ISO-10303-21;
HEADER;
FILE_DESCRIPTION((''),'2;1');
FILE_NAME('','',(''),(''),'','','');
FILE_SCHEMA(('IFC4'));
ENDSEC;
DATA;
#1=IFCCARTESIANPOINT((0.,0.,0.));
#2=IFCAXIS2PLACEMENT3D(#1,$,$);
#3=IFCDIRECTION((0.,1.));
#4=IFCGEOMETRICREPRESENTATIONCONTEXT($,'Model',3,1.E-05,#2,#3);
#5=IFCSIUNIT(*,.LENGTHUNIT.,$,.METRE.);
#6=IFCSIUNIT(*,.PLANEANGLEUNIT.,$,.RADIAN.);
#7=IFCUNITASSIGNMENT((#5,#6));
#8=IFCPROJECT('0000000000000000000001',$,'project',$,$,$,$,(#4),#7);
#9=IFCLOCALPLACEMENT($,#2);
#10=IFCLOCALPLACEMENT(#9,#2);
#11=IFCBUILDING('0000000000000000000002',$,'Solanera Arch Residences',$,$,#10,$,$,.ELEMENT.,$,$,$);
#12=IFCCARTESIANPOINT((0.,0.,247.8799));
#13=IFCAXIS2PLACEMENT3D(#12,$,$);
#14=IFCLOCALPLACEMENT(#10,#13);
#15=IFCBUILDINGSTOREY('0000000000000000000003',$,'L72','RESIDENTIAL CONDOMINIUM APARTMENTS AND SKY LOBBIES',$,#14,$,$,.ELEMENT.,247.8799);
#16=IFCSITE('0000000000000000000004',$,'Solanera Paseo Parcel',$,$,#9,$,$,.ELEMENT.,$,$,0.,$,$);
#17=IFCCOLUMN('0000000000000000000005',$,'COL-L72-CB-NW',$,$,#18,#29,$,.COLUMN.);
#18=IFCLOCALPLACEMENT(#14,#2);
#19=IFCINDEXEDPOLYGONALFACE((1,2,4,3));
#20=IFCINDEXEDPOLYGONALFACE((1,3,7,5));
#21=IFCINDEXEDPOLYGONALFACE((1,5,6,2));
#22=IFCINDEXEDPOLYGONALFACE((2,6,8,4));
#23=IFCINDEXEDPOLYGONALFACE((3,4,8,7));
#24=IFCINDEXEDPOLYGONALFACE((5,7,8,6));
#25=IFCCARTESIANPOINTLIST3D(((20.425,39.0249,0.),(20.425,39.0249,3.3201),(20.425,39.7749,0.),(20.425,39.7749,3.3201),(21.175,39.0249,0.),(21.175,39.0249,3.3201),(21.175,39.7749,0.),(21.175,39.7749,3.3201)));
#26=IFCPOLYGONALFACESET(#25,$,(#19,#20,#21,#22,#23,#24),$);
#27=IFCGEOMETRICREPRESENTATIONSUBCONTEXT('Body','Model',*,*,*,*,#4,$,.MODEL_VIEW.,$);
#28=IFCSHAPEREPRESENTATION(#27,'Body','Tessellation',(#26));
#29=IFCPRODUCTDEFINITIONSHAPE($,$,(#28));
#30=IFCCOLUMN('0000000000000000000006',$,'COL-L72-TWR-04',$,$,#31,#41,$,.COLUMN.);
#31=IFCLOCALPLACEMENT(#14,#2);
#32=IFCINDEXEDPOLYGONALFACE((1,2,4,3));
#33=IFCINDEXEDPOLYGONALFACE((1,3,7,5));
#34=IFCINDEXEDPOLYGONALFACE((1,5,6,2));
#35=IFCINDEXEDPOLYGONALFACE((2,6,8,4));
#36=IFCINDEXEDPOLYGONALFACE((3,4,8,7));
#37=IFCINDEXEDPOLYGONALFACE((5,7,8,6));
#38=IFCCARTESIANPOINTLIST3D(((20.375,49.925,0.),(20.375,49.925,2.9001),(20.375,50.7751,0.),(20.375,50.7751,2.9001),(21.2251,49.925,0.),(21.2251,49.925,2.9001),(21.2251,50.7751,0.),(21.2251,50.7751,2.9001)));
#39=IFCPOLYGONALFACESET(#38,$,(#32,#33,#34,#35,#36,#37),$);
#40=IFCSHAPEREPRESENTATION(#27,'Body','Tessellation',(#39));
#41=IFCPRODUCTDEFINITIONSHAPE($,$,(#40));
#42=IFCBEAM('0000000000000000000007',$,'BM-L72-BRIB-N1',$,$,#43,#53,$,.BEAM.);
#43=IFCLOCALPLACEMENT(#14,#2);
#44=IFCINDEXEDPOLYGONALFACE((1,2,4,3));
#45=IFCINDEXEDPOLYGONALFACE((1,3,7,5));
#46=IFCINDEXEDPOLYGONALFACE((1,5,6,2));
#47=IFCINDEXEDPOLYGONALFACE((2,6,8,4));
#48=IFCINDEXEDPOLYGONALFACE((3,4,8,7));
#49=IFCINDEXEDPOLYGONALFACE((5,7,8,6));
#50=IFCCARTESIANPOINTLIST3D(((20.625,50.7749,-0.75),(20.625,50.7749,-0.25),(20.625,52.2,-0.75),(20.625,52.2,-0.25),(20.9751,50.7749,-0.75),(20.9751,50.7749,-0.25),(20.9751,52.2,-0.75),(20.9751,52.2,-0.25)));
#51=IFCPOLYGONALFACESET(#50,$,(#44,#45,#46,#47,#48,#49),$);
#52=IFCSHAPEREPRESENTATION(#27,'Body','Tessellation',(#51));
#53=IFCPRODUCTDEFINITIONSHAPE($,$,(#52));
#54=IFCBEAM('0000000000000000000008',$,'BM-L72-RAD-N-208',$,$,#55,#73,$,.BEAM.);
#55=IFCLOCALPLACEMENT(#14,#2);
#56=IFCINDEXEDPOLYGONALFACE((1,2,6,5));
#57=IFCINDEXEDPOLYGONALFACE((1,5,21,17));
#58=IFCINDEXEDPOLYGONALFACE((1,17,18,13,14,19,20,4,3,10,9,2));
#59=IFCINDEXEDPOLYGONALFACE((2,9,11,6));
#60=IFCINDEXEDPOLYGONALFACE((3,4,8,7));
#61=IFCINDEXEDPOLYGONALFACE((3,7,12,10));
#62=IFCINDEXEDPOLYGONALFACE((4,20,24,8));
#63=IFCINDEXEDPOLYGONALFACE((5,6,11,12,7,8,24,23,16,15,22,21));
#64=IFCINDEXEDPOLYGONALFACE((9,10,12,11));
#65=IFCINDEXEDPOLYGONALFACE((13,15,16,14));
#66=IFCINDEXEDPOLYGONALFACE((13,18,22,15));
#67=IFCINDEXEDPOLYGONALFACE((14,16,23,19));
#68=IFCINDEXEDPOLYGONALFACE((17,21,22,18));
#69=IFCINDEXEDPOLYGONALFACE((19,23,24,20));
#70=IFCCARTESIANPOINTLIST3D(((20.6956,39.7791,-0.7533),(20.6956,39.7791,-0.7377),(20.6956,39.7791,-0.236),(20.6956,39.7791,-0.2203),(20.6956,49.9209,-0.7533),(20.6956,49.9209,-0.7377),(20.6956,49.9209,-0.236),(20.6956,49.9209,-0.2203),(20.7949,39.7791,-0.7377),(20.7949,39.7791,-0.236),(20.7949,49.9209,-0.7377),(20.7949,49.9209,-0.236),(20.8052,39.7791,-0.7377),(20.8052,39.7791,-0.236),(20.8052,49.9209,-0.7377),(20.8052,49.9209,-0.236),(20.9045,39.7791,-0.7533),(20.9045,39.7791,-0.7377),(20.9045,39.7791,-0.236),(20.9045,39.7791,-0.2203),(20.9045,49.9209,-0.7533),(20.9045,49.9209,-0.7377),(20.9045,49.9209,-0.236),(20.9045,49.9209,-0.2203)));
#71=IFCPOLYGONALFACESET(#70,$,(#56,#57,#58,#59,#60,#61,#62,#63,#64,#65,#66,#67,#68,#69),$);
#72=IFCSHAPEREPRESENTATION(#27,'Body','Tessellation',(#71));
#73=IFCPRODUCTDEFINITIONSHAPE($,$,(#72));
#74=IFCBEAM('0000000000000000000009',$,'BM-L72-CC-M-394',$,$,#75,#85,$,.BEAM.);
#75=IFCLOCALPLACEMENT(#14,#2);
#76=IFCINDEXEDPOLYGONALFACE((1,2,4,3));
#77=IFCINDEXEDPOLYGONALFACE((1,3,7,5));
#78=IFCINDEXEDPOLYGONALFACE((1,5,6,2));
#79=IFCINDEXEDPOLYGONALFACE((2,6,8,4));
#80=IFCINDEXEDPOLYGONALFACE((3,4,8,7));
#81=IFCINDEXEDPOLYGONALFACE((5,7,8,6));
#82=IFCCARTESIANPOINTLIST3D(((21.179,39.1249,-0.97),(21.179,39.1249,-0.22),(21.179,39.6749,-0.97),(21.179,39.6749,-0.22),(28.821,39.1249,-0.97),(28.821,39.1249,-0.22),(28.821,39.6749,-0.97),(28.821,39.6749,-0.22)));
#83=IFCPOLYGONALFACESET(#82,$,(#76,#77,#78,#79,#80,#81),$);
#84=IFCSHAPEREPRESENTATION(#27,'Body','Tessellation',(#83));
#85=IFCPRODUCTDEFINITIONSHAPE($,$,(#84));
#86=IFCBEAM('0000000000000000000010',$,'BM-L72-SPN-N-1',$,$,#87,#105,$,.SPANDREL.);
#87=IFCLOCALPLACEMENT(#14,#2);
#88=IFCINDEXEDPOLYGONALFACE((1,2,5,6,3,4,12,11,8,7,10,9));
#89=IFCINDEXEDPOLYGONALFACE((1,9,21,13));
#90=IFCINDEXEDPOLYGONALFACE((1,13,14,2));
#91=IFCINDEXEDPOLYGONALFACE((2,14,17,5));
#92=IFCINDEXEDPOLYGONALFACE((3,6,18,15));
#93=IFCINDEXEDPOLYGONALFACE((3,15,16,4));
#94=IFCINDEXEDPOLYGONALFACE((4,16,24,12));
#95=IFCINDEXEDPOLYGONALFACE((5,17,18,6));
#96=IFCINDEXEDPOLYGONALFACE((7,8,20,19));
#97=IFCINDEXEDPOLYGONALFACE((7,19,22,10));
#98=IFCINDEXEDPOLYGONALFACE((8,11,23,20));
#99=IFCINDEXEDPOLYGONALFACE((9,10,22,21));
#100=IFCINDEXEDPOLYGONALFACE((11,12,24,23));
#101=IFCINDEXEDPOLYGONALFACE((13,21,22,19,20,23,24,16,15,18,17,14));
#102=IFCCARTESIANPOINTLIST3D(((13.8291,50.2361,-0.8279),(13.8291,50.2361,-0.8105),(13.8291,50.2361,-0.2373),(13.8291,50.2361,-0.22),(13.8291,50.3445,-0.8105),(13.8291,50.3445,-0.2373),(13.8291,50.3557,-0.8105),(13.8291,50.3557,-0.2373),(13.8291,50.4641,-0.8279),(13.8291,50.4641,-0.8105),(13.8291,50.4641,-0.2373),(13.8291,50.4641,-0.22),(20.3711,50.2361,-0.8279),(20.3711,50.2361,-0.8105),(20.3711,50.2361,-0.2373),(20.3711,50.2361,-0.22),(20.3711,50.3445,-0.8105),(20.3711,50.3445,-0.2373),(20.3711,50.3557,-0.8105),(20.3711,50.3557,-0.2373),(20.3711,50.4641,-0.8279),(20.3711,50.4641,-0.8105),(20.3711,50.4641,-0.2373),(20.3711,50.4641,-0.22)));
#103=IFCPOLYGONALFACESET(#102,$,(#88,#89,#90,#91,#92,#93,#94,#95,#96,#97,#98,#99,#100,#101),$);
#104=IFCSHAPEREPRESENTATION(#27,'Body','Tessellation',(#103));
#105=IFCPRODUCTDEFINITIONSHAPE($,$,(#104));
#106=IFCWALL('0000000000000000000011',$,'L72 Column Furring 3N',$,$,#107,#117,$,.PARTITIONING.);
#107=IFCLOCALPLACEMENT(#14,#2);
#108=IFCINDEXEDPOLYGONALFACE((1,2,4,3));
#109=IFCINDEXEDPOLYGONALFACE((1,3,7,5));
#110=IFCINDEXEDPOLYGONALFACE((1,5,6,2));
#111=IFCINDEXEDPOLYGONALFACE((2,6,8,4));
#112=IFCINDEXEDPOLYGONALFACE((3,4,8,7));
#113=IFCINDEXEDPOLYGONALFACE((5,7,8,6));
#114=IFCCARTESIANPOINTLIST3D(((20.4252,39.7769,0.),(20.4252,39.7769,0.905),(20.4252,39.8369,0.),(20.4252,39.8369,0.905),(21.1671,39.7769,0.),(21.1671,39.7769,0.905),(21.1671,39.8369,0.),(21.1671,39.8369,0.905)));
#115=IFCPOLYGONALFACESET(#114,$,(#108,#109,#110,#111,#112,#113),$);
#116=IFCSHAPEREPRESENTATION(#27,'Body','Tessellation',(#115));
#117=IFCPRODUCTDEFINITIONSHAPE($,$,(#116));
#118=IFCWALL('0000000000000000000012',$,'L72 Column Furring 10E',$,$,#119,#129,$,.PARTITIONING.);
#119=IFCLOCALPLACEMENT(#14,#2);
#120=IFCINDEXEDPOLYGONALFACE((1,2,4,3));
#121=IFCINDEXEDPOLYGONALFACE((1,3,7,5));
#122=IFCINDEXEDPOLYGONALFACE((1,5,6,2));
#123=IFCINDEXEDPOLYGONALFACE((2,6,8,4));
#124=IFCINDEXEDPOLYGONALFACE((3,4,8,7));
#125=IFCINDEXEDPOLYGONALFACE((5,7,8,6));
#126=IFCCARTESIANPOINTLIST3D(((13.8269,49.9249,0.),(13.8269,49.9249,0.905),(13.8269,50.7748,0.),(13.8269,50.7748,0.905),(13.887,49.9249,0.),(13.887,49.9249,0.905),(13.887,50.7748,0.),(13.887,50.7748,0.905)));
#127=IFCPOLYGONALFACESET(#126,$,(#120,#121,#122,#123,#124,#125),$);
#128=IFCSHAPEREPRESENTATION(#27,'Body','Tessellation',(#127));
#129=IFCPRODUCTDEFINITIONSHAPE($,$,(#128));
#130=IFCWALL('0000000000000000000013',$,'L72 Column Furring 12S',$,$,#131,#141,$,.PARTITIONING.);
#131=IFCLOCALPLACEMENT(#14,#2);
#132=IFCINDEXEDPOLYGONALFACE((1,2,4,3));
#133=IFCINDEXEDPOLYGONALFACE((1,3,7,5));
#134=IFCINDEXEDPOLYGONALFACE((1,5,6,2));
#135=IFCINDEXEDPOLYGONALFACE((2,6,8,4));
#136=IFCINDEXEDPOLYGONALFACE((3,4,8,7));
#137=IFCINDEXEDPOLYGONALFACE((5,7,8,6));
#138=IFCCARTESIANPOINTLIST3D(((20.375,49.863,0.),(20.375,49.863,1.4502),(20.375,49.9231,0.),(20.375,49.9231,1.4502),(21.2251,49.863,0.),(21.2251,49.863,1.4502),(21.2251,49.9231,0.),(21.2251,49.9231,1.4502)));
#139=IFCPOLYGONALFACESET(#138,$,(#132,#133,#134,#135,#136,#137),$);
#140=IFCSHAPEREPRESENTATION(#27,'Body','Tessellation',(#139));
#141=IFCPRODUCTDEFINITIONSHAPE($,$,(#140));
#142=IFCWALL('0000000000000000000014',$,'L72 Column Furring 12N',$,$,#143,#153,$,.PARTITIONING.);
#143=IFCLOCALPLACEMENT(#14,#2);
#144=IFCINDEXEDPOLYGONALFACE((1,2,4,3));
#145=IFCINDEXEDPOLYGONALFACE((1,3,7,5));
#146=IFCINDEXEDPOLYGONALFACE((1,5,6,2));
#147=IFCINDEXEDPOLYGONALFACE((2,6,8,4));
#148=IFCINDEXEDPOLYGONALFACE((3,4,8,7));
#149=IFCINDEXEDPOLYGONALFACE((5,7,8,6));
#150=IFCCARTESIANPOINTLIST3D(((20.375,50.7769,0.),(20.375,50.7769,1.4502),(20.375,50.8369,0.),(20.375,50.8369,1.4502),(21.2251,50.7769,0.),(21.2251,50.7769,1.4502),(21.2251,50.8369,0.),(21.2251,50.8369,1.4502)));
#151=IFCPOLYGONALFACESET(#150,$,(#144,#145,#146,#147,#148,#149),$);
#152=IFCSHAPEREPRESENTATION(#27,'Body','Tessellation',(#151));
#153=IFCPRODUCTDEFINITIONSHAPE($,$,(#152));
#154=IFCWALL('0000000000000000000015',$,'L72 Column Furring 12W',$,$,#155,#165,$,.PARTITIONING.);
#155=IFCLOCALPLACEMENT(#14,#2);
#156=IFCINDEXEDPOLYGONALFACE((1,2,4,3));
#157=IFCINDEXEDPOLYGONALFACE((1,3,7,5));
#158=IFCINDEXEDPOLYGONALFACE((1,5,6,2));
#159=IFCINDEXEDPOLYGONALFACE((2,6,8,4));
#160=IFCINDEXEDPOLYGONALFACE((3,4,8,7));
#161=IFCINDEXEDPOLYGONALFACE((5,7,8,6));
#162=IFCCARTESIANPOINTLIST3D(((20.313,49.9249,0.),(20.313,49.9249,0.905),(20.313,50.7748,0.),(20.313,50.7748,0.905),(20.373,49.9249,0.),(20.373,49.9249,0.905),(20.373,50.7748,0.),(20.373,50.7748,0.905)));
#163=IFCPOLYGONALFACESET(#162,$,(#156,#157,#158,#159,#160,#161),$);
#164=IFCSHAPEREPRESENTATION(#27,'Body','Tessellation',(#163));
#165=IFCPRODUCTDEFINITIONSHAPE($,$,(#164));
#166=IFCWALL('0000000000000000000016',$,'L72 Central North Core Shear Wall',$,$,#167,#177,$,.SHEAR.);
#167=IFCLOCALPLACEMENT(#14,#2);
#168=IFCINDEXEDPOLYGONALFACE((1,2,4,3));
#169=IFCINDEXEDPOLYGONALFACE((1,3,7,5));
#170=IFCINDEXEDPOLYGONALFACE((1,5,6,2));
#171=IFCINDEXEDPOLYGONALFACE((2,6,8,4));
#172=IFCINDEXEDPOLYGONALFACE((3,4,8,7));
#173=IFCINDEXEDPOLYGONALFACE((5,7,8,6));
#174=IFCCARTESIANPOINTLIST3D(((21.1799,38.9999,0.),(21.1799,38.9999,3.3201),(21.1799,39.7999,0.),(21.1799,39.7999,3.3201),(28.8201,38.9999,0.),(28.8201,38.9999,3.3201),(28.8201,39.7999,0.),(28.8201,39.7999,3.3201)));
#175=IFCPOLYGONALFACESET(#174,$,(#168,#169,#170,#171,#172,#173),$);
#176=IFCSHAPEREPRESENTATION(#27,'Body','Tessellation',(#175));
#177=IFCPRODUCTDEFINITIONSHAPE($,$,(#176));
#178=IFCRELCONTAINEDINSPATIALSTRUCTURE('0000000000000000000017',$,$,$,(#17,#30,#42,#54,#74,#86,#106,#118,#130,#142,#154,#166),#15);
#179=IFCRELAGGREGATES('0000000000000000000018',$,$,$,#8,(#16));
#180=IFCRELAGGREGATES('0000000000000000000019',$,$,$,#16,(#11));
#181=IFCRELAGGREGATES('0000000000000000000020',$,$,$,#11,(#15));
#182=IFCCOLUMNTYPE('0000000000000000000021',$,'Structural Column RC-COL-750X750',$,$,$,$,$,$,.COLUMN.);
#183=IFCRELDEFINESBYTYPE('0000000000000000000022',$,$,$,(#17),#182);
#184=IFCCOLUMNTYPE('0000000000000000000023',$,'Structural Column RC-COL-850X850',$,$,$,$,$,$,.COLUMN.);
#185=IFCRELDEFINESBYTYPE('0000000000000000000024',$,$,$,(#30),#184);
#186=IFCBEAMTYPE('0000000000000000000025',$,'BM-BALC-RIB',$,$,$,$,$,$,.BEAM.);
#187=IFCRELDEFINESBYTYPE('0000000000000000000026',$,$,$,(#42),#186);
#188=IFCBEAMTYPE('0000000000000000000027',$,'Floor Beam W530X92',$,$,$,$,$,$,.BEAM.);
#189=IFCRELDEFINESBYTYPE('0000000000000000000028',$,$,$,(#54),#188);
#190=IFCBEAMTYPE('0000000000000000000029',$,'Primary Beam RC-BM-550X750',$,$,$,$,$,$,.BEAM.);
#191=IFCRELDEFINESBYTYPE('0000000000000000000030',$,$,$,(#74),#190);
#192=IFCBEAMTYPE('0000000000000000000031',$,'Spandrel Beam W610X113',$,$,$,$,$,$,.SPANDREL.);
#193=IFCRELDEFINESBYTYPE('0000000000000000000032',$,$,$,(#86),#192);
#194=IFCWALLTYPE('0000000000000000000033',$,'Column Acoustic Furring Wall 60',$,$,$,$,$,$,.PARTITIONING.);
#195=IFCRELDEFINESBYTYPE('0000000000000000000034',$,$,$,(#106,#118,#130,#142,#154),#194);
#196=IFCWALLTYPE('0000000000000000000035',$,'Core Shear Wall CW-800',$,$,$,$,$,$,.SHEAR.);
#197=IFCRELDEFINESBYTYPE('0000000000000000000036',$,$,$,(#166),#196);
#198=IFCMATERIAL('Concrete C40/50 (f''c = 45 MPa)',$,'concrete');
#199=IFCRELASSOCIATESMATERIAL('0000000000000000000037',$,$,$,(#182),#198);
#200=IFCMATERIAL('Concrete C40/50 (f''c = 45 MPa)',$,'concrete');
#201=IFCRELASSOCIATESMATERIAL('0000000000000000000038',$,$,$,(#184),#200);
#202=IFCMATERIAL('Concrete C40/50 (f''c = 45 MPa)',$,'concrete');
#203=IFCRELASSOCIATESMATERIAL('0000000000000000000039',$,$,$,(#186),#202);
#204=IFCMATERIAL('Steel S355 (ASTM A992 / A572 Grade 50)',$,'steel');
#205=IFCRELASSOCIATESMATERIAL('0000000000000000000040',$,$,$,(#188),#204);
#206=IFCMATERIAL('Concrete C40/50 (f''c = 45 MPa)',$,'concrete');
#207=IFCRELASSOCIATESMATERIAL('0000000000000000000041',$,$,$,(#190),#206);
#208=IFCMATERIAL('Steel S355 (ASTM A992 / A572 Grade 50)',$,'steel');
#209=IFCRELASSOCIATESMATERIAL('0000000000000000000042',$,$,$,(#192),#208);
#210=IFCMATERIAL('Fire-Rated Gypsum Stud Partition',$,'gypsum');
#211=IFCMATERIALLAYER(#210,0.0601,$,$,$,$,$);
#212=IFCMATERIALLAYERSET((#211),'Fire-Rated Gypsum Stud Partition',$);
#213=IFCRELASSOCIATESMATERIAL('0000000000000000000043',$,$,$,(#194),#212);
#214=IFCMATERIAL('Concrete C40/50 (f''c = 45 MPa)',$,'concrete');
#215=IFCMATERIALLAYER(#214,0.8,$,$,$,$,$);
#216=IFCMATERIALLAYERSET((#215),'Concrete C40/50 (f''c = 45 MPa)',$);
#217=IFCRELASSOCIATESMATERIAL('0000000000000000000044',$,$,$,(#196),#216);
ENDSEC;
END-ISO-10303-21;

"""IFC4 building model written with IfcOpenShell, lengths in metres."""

from ifc_helpers import new_model, si_unit, direction, frame, frame_2d, origin, origin_2d, place, context, subcontext, project, spatial, rectangle, i_section, extrude, material, layer, layer_set, material_profile, profile_set, type_object, element, save


model = new_model("IFC4")

# Units and contexts
model_context = context("Model", 3, precision=1e-05, world=origin(), true_north=direction((0.0, 1.0)))
body_context = subcontext(model_context, "Body", "Model", "MODEL_VIEW")
ifc_project = project(units=[si_unit("LENGTHUNIT", "METRE"), si_unit("PLANEANGLEUNIT", "RADIAN")], contexts=[model_context])

# Site, building, storey
site_placement = place(None, origin())
site = spatial("IfcSite", under=ifc_project, at=site_placement, Name="Solanera Paseo Parcel", CompositionType="ELEMENT", RefElevation=0.0)
building_placement = place(site_placement, origin())
building = spatial("IfcBuilding", under=site, at=building_placement, Name="Solanera Arch Residences", CompositionType="ELEMENT")
storey_placement = place(building_placement, frame((0.0, 0.0, 247.8799)))
storey = spatial("IfcBuildingStorey", under=building, at=storey_placement, Name="L72", Description="RESIDENTIAL CONDOMINIUM APARTMENTS AND SKY LOBBIES", CompositionType="ELEMENT", Elevation=247.8799)

# Columns
ifc_material_1 = material(Name="Concrete C40/50 (f'c = 45 MPa)", Category="concrete")
ifc_material_profile_1 = material_profile(ifc_material_1, rectangle(XDim=0.75, YDim=0.75, at=origin_2d()))
ifc_profile_set_1 = profile_set([ifc_material_profile_1], Name="Concrete C40/50 (f'c = 45 MPa)")
column_type_1 = type_object("IfcColumnType", Name="Structural Column RC-COL-750X750", PredefinedType="COLUMN", material=ifc_profile_set_1)
column_1_placement = place(storey_placement, frame((20.8, 39.3999, 0.0), z_axis=(0.0, 0.0, 1.0), x_axis=(1.0, 0.0, 0.0)))
element("IfcColumn", 1, at=column_1_placement, inside=storey, type_object=column_type_1, Name="COL-L72-CB-NW", PredefinedType="COLUMN", context=body_context, shape_type="SweptSolid", body=[
    extrude(rectangle(XDim=0.75, YDim=0.75, at=origin_2d()), origin(), (0.0, 0.0, 1.0), 3.3201),
])
ifc_material_2 = material(Name="Concrete C40/50 (f'c = 45 MPa)", Category="concrete")
ifc_material_profile_2 = material_profile(ifc_material_2, rectangle(XDim=0.8501, YDim=0.8501, at=origin_2d()))
ifc_profile_set_2 = profile_set([ifc_material_profile_2], Name="Concrete C40/50 (f'c = 45 MPa)")
column_type_2 = type_object("IfcColumnType", Name="Structural Column RC-COL-850X850", PredefinedType="COLUMN", material=ifc_profile_set_2)
column_2_placement = place(storey_placement, frame((20.8, 50.3501, 0.0), z_axis=(0.0, 0.0, 1.0), x_axis=(1.0, 0.0, 0.0)))
element("IfcColumn", 2, at=column_2_placement, inside=storey, type_object=column_type_2, Name="COL-L72-TWR-04", PredefinedType="COLUMN", context=body_context, shape_type="SweptSolid", body=[
    extrude(rectangle(XDim=0.8501, YDim=0.8501, at=origin_2d()), origin(), (0.0, 0.0, 1.0), 2.9001),
])

# Beams
ifc_material_3 = material(Name="Concrete C40/50 (f'c = 45 MPa)", Category="concrete")
ifc_material_profile_3 = material_profile(ifc_material_3, rectangle(XDim=0.3501, YDim=0.5, at=origin_2d()))
ifc_profile_set_3 = profile_set([ifc_material_profile_3], Name="Concrete C40/50 (f'c = 45 MPa)")
beam_type_1 = type_object("IfcBeamType", Name="BM-BALC-RIB", PredefinedType="BEAM", material=ifc_profile_set_3)
beam_1_placement = place(storey_placement, frame((20.8, 50.7749, -0.5), z_axis=(0.0, 1.0, 0.0), x_axis=(-1.0, 0.0, 0.0)))
element("IfcBeam", 3, at=beam_1_placement, inside=storey, type_object=beam_type_1, Name="BM-L72-BRIB-N1", PredefinedType="BEAM", context=body_context, shape_type="SweptSolid", body=[
    extrude(rectangle(XDim=0.3501, YDim=0.5, at=origin_2d()), origin(), (0.0, 0.0, 1.0), 1.425),
])
ifc_material_4 = material(Name="Steel S355 (ASTM A992 / A572 Grade 50)", Category="steel")
ifc_material_profile_4 = material_profile(ifc_material_4, i_section(OverallWidth=0.209, OverallDepth=0.533, WebThickness=0.0103, FlangeThickness=0.0156, at=origin_2d()))
ifc_profile_set_4 = profile_set([ifc_material_profile_4], Name="Steel S355 (ASTM A992 / A572 Grade 50)")
beam_type_2 = type_object("IfcBeamType", Name="Floor Beam W530X92", PredefinedType="BEAM", material=ifc_profile_set_4)
beam_2_placement = place(storey_placement, frame((20.8, 39.7791, -0.4868), z_axis=(0.0, 1.0, 0.0), x_axis=(-1.0, 0.0, 0.0)))
element("IfcBeam", 4, at=beam_2_placement, inside=storey, type_object=beam_type_2, Name="BM-L72-RAD-N-208", PredefinedType="BEAM", context=body_context, shape_type="SweptSolid", body=[
    extrude(i_section(OverallWidth=0.209, OverallDepth=0.533, WebThickness=0.0103, FlangeThickness=0.0156, at=origin_2d()), origin(), (0.0, 0.0, 1.0), 10.1418),
])
ifc_material_5 = material(Name="Concrete C40/50 (f'c = 45 MPa)", Category="concrete")
ifc_material_profile_5 = material_profile(ifc_material_5, rectangle(XDim=0.55, YDim=0.75, at=origin_2d()))
ifc_profile_set_5 = profile_set([ifc_material_profile_5], Name="Concrete C40/50 (f'c = 45 MPa)")
beam_type_3 = type_object("IfcBeamType", Name="Primary Beam RC-BM-550X750", PredefinedType="BEAM", material=ifc_profile_set_5)
beam_3_placement = place(storey_placement, frame((21.179, 39.3999, -0.595), z_axis=(1.0, 0.0, 0.0), x_axis=(0.0, 1.0, 0.0)))
element("IfcBeam", 5, at=beam_3_placement, inside=storey, type_object=beam_type_3, Name="BM-L72-CC-M-394", PredefinedType="BEAM", context=body_context, shape_type="SweptSolid", body=[
    extrude(rectangle(XDim=0.55, YDim=0.75, at=origin_2d()), origin(), (0.0, 0.0, 1.0), 7.6421),
])
ifc_material_6 = material(Name="Steel S355 (ASTM A992 / A572 Grade 50)", Category="steel")
ifc_material_profile_6 = material_profile(ifc_material_6, i_section(OverallWidth=0.228, OverallDepth=0.6079, WebThickness=0.0112, FlangeThickness=0.0173, at=origin_2d()))
ifc_profile_set_6 = profile_set([ifc_material_profile_6], Name="Steel S355 (ASTM A992 / A572 Grade 50)")
beam_type_4 = type_object("IfcBeamType", Name="Spandrel Beam W610X113", PredefinedType="SPANDREL", material=ifc_profile_set_6)
beam_4_placement = place(storey_placement, frame((13.8291, 50.3501, -0.5239), z_axis=(1.0, 0.0, 0.0), x_axis=(0.0, 1.0, 0.0)))
element("IfcBeam", 6, at=beam_4_placement, inside=storey, type_object=beam_type_4, Name="BM-L72-SPN-N-1", PredefinedType="SPANDREL", context=body_context, shape_type="SweptSolid", body=[
    extrude(i_section(OverallWidth=0.228, OverallDepth=0.6079, WebThickness=0.0112, FlangeThickness=0.0173, at=origin_2d()), origin(), (0.0, 0.0, 1.0), 6.542),
])

# Walls
ifc_material_7 = material(Name="Fire-Rated Gypsum Stud Partition", Category="gypsum")
ifc_layer_1 = layer(ifc_material_7, 0.0601)
ifc_layer_set_1 = layer_set([ifc_layer_1], Name="Fire-Rated Gypsum Stud Partition")
wall_type_1 = type_object("IfcWallType", Name="Column Acoustic Furring Wall 60", PredefinedType="PARTITIONING", material=ifc_layer_set_1)
wall_1_placement = place(storey_placement, frame((20.425, 39.8069, 0.0), z_axis=(0.0, 0.0, 1.0), x_axis=(1.0, 0.0, 0.0)))
element("IfcWall", 7, at=wall_1_placement, inside=storey, type_object=wall_type_1, Name="L72 Column Furring 3N", PredefinedType="PARTITIONING", context=body_context, shape_type="SweptSolid", body=[
    extrude(rectangle(XDim=0.7419, YDim=0.0601, at=frame_2d((0.3711, 0.0))), origin(), (0.0, 0.0, 1.0), 0.905),
])
wall_2_placement = place(storey_placement, frame((13.8569, 49.925, 0.0), z_axis=(0.0, 0.0, 1.0), x_axis=(0.0, 1.0, 0.0)))
element("IfcWall", 8, at=wall_2_placement, inside=storey, type_object=wall_type_1, Name="L72 Column Furring 10E", PredefinedType="PARTITIONING", context=body_context, shape_type="SweptSolid", body=[
    extrude(rectangle(XDim=0.8499, YDim=0.0601, at=frame_2d((0.4248, 0.0))), origin(), (0.0, 0.0, 1.0), 0.905),
])
for number, where, z_axis, x_axis, name in (
    (9, (20.375, 49.8931, 0.0), (0.0, 0.0, 1.0), (1.0, 0.0, 0.0), "L72 Column Furring 12S"),
    (10, (20.375, 50.8069, 0.0), (0.0, 0.0, 1.0), (1.0, 0.0, 0.0), "L72 Column Furring 12N"),
):
    element("IfcWall", number, at=place(storey_placement, frame(where, z_axis=z_axis, x_axis=x_axis)), inside=storey, type_object=wall_type_1, Name=name, PredefinedType="PARTITIONING", context=body_context, shape_type="SweptSolid", body=[
        extrude(rectangle(XDim=0.8501, YDim=0.0601, at=frame_2d((0.425, 0.0))), origin(), (0.0, 0.0, 1.0), 1.4502),
    ])
wall_3_placement = place(storey_placement, frame((20.343, 49.925, 0.0), z_axis=(0.0, 0.0, 1.0), x_axis=(0.0, 1.0, 0.0)))
element("IfcWall", 11, at=wall_3_placement, inside=storey, type_object=wall_type_1, Name="L72 Column Furring 12W", PredefinedType="PARTITIONING", context=body_context, shape_type="SweptSolid", body=[
    extrude(rectangle(XDim=0.8499, YDim=0.0601, at=frame_2d((0.4248, 0.0))), origin(), (0.0, 0.0, 1.0), 0.905),
])
ifc_material_8 = material(Name="Concrete C40/50 (f'c = 45 MPa)", Category="concrete")
ifc_layer_2 = layer(ifc_material_8, 0.8)
ifc_layer_set_2 = layer_set([ifc_layer_2], Name="Concrete C40/50 (f'c = 45 MPa)")
wall_type_2 = type_object("IfcWallType", Name="Core Shear Wall CW-800", PredefinedType="SHEAR", material=ifc_layer_set_2)
wall_4_placement = place(storey_placement, frame((21.1799, 39.3999, 0.0), z_axis=(0.0, 0.0, 1.0), x_axis=(1.0, 0.0, 0.0)))
element("IfcWall", 12, at=wall_4_placement, inside=storey, type_object=wall_type_2, Name="L72 Central North Core Shear Wall", PredefinedType="SHEAR", context=body_context, shape_type="SweptSolid", body=[
    extrude(rectangle(XDim=7.6401, YDim=0.8, at=frame_2d((3.8201, 0.0))), origin(), (0.0, 0.0, 1.0), 3.3201),
])

save(model, "model.ifc")
